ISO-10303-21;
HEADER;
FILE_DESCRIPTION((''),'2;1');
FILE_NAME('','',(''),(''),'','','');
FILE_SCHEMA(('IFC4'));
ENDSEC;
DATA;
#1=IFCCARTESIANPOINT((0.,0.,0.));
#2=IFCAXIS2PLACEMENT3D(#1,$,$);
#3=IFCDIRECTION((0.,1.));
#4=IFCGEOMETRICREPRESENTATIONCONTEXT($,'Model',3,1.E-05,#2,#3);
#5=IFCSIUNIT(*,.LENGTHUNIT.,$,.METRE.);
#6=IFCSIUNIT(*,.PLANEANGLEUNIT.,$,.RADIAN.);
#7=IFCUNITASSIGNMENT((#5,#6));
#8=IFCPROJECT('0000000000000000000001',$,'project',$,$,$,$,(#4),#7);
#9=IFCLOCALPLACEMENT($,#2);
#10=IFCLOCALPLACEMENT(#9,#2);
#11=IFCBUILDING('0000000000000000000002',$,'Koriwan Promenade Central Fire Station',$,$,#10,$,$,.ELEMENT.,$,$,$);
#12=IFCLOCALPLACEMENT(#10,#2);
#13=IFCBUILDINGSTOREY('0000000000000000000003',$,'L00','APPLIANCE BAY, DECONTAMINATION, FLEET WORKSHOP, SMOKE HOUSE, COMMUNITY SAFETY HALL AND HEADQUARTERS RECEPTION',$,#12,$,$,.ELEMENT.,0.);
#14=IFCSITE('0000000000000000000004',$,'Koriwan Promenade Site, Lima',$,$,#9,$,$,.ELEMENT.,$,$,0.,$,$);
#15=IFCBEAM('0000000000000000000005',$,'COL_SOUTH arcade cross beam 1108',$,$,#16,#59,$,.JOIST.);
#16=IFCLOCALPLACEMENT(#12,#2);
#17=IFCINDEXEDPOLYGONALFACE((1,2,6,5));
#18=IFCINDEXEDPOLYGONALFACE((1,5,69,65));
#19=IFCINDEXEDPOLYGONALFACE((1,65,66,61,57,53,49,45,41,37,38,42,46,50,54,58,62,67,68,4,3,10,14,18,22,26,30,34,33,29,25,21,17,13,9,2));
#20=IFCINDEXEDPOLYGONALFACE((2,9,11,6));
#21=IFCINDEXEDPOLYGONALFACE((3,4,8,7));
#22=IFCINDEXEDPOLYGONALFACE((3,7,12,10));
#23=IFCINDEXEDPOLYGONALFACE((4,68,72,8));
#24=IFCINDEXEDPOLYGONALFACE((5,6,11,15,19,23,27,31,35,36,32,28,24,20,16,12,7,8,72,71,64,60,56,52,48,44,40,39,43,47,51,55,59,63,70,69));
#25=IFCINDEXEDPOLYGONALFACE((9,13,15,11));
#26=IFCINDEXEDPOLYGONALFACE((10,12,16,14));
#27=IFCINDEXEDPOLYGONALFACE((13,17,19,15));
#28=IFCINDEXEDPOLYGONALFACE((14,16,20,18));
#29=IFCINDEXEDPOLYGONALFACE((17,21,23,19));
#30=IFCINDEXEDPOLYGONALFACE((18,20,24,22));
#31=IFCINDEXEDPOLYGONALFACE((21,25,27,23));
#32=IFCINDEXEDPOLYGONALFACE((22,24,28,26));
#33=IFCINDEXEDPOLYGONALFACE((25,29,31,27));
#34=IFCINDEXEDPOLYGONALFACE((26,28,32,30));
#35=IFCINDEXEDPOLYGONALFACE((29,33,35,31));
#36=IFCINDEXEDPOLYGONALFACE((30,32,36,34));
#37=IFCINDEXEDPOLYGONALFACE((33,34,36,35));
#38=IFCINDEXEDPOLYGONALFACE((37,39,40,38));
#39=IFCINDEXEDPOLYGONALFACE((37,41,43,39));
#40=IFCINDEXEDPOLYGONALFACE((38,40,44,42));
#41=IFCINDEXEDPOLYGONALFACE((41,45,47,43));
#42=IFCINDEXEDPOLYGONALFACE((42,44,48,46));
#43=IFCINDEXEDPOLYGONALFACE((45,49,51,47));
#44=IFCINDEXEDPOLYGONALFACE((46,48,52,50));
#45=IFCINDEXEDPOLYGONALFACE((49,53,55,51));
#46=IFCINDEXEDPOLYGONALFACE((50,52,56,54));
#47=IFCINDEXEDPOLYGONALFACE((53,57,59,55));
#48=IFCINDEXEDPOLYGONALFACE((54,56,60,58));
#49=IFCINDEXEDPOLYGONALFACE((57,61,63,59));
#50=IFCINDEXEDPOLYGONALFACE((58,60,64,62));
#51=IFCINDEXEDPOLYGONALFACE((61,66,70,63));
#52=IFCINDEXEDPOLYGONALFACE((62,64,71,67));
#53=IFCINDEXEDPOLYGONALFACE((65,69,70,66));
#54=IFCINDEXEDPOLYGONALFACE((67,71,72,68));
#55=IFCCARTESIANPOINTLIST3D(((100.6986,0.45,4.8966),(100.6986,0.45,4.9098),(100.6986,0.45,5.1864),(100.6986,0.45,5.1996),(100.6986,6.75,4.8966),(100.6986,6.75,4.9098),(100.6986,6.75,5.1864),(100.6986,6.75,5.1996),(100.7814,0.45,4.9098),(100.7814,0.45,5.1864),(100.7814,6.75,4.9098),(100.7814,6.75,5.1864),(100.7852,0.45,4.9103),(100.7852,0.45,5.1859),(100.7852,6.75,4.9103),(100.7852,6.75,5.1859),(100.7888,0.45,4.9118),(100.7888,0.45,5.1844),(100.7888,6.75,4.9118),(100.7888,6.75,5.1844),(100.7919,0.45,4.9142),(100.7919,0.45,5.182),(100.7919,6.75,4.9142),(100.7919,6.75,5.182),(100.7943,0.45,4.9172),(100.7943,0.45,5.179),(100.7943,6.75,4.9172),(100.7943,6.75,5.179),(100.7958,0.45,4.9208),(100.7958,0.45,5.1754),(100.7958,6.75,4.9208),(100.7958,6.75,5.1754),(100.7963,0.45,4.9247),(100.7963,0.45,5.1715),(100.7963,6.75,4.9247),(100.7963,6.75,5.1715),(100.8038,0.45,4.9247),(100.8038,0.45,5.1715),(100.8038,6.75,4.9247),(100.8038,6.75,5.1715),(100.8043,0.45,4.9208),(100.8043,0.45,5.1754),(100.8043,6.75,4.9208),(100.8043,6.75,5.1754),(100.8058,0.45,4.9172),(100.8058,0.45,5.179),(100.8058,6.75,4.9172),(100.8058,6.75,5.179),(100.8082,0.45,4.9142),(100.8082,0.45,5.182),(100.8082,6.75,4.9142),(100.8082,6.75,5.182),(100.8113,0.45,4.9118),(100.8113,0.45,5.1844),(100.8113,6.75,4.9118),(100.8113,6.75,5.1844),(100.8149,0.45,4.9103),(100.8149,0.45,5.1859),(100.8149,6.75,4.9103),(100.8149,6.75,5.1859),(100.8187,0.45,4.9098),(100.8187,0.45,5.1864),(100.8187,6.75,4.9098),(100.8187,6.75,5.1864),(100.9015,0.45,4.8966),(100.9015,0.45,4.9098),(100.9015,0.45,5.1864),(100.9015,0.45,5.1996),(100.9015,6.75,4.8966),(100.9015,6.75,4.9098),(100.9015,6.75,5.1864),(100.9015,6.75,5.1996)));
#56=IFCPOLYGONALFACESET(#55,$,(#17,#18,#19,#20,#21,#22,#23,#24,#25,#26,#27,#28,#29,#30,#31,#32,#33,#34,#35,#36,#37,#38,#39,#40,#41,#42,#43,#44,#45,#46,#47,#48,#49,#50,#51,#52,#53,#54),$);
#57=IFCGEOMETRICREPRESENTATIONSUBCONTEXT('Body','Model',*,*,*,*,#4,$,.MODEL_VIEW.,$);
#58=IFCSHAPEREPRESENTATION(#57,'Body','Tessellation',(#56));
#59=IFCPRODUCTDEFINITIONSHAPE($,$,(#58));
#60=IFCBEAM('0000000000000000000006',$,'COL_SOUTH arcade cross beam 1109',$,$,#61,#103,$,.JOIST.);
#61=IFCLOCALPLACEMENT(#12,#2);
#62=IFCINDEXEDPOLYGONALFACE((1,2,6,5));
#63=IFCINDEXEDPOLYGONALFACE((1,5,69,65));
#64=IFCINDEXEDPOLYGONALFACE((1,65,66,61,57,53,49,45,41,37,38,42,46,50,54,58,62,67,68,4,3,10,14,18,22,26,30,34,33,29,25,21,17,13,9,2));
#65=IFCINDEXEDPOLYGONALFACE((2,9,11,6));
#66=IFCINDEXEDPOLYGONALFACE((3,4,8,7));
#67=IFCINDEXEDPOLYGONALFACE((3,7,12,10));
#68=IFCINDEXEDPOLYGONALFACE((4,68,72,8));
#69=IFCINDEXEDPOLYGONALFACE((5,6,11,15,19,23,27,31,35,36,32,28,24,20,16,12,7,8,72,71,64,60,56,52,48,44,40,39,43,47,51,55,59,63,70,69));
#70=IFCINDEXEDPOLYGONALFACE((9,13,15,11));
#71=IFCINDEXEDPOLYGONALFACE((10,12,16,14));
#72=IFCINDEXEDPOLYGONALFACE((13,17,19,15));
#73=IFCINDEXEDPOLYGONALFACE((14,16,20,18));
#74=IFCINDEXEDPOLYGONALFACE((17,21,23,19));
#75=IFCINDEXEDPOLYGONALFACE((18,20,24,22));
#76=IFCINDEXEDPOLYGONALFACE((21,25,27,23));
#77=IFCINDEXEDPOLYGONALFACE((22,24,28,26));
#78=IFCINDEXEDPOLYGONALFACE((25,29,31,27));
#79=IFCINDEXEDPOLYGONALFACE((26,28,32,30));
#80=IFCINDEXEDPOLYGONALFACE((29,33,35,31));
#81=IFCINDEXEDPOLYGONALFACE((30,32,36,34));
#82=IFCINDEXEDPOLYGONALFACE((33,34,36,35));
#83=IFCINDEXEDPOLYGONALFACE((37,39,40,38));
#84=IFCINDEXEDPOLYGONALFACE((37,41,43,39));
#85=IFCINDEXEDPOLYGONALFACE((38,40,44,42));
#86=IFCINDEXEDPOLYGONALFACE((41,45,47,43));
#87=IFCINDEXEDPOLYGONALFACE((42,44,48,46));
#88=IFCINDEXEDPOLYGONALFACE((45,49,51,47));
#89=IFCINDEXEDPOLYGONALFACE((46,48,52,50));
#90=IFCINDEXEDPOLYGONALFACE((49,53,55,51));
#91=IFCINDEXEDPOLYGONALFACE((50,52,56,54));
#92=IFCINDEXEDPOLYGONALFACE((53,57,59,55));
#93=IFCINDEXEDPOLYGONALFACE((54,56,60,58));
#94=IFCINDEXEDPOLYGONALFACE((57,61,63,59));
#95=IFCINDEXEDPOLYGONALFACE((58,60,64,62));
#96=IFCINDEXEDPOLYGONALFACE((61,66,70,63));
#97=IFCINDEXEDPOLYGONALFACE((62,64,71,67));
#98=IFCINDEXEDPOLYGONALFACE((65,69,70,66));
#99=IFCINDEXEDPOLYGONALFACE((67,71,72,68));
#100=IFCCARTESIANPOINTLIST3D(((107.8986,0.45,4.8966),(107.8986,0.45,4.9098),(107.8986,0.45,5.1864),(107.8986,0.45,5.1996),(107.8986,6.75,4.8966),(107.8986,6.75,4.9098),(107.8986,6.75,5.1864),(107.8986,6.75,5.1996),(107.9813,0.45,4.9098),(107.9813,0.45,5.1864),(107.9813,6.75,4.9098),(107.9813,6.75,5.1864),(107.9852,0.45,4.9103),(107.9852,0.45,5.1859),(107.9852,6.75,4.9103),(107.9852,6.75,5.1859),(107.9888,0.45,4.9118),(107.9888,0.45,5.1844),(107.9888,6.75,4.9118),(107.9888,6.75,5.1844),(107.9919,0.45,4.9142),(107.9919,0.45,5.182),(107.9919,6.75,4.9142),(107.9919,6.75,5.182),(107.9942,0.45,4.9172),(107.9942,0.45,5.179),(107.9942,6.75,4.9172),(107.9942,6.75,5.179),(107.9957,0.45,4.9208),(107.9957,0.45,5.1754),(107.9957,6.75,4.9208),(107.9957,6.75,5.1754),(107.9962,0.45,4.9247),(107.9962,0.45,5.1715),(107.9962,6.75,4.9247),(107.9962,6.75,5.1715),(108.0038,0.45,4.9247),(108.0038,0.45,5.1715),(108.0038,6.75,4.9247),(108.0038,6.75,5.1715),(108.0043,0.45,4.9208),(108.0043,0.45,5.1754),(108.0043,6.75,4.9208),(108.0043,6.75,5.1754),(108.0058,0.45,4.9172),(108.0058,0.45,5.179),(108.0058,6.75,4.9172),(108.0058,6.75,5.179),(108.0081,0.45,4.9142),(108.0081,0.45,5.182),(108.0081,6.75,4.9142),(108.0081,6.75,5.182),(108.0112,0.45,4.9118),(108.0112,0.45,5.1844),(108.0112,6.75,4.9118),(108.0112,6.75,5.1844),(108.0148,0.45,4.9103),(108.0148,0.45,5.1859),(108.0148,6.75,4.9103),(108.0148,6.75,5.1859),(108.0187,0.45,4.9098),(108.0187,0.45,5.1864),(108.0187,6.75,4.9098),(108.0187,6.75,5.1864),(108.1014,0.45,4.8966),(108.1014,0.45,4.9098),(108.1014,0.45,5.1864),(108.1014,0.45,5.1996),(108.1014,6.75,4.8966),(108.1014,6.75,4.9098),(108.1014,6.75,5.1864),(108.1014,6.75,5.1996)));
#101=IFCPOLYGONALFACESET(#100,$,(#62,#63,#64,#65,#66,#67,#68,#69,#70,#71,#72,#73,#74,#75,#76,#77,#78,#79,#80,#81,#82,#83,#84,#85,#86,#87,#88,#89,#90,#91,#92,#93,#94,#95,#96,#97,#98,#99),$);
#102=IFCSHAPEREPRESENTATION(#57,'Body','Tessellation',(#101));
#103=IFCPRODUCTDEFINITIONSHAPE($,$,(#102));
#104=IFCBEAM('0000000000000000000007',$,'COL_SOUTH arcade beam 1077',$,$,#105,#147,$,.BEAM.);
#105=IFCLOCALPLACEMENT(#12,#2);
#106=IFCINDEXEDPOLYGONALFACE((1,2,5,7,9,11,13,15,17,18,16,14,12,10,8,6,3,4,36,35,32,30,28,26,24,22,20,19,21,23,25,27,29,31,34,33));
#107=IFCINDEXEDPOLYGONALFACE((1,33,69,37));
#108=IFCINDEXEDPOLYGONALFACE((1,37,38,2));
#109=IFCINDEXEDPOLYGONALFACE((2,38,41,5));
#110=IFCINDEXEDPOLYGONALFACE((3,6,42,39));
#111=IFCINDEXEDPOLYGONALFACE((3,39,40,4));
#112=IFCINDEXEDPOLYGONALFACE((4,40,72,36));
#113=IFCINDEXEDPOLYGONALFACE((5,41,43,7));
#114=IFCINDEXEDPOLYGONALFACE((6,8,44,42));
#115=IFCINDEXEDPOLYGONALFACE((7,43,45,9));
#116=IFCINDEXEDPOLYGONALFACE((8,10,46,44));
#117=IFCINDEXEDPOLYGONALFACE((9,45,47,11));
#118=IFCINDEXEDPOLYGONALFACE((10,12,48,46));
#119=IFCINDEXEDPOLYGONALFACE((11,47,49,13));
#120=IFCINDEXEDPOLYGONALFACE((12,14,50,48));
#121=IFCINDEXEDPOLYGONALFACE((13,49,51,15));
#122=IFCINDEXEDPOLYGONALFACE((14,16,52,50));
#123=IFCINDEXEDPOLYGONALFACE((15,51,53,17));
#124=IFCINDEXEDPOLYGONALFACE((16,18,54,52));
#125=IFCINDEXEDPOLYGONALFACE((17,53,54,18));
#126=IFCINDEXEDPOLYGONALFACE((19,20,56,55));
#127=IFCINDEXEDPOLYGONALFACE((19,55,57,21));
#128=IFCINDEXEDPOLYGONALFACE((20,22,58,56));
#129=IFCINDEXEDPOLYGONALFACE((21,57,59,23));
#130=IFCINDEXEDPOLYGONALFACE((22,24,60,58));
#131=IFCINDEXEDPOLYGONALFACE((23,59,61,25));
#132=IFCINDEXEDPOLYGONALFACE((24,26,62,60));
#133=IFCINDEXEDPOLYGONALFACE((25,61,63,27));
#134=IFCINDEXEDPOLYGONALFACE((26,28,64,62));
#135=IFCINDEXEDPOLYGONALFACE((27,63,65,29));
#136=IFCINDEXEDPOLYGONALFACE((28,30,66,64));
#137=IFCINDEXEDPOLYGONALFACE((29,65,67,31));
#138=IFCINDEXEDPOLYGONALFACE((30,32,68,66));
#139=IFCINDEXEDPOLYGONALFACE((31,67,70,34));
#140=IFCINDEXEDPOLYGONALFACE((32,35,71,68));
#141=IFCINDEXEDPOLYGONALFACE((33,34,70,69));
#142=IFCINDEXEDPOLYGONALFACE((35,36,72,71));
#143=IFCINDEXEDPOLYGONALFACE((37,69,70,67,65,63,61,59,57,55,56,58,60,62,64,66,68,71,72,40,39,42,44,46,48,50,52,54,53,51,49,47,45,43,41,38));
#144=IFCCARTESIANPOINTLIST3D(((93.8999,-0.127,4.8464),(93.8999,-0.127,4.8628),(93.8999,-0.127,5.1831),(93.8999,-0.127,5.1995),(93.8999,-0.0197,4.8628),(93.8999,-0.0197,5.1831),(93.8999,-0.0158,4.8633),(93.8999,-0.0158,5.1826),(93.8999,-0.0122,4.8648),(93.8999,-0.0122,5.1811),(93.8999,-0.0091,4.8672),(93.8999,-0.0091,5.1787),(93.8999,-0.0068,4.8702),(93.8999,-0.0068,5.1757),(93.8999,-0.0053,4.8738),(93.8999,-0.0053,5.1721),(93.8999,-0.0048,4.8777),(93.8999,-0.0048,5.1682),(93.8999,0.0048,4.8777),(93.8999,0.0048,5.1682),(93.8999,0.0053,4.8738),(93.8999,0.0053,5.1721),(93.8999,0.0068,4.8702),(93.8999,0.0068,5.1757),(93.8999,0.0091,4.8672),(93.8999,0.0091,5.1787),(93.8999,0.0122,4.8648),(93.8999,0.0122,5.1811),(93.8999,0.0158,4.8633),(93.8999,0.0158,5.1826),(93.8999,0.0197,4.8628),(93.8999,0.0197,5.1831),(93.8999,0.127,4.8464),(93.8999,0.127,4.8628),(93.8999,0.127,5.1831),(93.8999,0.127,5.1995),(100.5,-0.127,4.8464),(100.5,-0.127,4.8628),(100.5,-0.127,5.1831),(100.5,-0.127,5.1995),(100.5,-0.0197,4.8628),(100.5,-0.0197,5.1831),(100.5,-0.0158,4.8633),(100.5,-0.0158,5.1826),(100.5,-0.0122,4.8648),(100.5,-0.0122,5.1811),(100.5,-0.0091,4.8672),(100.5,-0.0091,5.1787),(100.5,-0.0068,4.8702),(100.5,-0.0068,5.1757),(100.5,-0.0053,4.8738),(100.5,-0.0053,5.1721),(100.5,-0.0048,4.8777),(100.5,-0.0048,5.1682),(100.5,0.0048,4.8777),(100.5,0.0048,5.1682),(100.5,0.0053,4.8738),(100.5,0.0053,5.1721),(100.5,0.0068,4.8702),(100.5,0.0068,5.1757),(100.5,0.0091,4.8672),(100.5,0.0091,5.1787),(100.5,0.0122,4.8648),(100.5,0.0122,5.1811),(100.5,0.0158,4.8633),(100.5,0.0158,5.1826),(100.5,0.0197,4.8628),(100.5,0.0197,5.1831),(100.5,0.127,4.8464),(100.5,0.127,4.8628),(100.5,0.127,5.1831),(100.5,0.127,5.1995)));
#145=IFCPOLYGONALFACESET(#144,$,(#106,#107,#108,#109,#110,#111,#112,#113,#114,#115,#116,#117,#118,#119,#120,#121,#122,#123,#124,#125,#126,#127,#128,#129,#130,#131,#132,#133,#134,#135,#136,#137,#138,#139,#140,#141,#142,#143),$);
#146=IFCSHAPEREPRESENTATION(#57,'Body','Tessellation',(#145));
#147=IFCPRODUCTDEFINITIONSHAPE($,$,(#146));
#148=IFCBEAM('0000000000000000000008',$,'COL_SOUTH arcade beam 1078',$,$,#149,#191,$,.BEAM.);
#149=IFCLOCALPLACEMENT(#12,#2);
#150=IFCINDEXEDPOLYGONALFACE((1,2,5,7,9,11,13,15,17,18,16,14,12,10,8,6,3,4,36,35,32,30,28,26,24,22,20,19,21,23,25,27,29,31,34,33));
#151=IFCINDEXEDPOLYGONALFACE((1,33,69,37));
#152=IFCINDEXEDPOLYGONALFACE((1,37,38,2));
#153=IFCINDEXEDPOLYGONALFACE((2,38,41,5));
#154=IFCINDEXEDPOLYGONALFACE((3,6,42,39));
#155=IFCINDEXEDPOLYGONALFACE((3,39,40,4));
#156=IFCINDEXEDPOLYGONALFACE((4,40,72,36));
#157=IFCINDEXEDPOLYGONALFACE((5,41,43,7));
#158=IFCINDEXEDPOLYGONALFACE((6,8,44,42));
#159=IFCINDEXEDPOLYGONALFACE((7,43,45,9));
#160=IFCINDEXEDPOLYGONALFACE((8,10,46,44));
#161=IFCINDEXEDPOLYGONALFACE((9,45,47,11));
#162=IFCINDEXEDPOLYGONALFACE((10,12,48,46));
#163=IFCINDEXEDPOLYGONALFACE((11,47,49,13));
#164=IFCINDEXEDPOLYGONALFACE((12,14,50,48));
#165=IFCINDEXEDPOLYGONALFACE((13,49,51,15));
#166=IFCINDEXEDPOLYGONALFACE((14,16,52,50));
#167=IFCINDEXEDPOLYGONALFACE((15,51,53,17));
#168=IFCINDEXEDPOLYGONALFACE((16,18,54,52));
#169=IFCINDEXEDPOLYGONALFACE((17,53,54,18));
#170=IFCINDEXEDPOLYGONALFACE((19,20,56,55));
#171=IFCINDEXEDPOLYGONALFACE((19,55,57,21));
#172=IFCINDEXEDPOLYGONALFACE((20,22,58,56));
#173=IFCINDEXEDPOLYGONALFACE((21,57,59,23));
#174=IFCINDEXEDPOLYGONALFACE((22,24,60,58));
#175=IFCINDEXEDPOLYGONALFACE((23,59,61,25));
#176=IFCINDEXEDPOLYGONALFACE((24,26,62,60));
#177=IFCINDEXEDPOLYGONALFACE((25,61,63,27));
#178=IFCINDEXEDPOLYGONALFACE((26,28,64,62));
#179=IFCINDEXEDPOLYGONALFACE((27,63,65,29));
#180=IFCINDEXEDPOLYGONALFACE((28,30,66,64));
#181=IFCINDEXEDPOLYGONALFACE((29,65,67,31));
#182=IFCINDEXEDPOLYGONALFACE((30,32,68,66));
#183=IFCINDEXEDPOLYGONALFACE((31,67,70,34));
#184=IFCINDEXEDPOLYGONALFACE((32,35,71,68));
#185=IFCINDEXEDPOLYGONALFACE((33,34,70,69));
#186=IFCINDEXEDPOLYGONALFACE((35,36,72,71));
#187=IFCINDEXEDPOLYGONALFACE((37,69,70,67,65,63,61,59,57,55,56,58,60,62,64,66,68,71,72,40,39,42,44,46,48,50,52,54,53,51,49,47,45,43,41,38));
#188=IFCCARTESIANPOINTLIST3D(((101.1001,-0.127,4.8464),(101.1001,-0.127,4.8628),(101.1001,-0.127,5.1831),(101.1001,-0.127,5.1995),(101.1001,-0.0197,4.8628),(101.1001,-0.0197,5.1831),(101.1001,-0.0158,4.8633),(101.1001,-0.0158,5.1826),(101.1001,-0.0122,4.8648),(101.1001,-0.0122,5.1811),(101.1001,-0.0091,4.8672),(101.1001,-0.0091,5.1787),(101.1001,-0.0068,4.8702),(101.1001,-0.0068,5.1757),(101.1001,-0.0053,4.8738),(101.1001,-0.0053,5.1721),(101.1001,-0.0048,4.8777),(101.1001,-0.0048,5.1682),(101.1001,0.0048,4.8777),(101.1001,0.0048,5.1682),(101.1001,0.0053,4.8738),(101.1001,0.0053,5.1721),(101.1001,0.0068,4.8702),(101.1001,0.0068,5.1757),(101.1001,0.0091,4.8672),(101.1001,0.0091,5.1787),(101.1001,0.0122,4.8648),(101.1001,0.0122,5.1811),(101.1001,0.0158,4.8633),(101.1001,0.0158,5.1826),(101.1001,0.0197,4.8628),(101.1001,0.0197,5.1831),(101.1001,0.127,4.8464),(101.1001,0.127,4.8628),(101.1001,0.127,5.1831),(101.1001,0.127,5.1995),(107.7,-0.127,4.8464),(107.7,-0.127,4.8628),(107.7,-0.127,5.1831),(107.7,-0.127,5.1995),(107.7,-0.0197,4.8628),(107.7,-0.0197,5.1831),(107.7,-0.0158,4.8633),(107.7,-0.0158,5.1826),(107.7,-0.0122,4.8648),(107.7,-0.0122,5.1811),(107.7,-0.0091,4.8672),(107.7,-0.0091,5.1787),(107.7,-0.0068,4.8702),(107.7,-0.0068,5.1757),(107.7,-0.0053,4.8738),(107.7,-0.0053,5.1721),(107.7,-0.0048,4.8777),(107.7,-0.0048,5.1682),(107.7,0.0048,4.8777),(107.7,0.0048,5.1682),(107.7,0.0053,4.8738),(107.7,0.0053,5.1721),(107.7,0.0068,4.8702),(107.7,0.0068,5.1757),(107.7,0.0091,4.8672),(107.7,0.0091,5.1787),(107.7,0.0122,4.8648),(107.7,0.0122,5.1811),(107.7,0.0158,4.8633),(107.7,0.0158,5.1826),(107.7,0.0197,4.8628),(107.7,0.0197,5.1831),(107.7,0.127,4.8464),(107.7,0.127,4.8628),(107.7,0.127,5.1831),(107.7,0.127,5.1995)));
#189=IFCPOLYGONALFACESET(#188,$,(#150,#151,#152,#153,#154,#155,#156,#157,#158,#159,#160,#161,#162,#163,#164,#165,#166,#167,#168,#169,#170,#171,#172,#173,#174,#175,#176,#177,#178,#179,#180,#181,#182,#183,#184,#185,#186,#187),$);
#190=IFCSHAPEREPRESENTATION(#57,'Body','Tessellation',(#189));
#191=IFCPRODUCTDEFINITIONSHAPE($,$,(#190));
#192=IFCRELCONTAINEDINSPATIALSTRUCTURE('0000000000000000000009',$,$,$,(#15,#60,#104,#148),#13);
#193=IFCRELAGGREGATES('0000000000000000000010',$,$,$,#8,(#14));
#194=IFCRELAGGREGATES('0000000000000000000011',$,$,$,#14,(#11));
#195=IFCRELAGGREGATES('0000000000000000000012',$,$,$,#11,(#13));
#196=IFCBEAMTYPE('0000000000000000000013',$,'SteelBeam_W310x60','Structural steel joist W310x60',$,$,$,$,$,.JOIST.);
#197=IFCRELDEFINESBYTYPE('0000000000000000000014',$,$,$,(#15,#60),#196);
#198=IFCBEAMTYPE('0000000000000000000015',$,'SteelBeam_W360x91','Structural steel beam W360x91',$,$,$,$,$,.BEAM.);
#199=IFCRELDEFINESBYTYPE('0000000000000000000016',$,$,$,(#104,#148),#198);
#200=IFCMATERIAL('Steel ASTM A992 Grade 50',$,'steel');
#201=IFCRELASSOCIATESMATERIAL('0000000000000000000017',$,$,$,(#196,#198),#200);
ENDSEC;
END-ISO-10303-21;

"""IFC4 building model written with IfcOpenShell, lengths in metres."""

from ifc_helpers import new_model, si_unit, direction, frame, origin, origin_2d, place, context, subcontext, project, spatial, i_section, extrude, material, material_profile, profile_set, type_object, element, save


model = new_model("IFC4")

# Units and contexts
model_context = context("Model", 3, precision=1e-05, world=origin(), true_north=direction((0.0, 1.0)))
body_context = subcontext(model_context, "Body", "Model", "MODEL_VIEW")
ifc_project = project(units=[si_unit("LENGTHUNIT", "METRE"), si_unit("PLANEANGLEUNIT", "RADIAN")], contexts=[model_context])

# Site, building, storey
site_placement = place(None, origin())
site = spatial("IfcSite", under=ifc_project, at=site_placement, Name="Koriwan Promenade Site, Lima", CompositionType="ELEMENT", RefElevation=0.0)
building_placement = place(site_placement, origin())
building = spatial("IfcBuilding", under=site, at=building_placement, Name="Koriwan Promenade Central Fire Station", CompositionType="ELEMENT")
storey_placement = place(building_placement, origin())
storey = spatial("IfcBuildingStorey", under=building, at=storey_placement, Name="L00", Description="APPLIANCE BAY, DECONTAMINATION, FLEET WORKSHOP, SMOKE HOUSE, COMMUNITY SAFETY HALL AND HEADQUARTERS RECEPTION", CompositionType="ELEMENT", Elevation=0.0)

# Beams
ifc_material_1 = material(Name="Steel ASTM A992 Grade 50", Category="steel")
ifc_material_profile_1 = material_profile(ifc_material_1, i_section(OverallWidth=0.2029, OverallDepth=0.303, WebThickness=0.0076, FlangeThickness=0.0132, FilletRadius=0.0149, at=origin_2d()), Name="W310x60")
ifc_profile_set_1 = profile_set([ifc_material_profile_1], Name="Steel ASTM A992 Grade 50")
beam_type_1 = type_object("IfcBeamType", Name="SteelBeam_W310x60", Description="Structural steel joist W310x60", PredefinedType="JOIST", material=ifc_profile_set_1)
for number, where, z_axis, x_axis, name in (
    (1, (100.8, 0.45, 5.0481), (0.0, 1.0, 0.0), (-1.0, 0.0, 0.0), "COL_SOUTH arcade cross beam 1108"),
    (2, (108.0, 0.45, 5.0481), (0.0, 1.0, 0.0), (-1.0, 0.0, 0.0), "COL_SOUTH arcade cross beam 1109"),
):
    element("IfcBeam", number, at=place(storey_placement, frame(where, z_axis=z_axis, x_axis=x_axis)), inside=storey, type_object=beam_type_1, Name=name, PredefinedType="JOIST", context=body_context, shape_type="SweptSolid", body=[
        extrude(i_section(OverallWidth=0.2029, OverallDepth=0.303, WebThickness=0.0076, FlangeThickness=0.0132, FilletRadius=0.0149, at=origin_2d()), origin(), (0.0, 0.0, 1.0), 6.3),
    ])
ifc_material_profile_2 = material_profile(ifc_material_1, i_section(OverallWidth=0.2539, OverallDepth=0.353, WebThickness=0.0095, FlangeThickness=0.0164, FilletRadius=0.0149, at=origin_2d()), Name="W360x91")
ifc_profile_set_2 = profile_set([ifc_material_profile_2], Name="Steel ASTM A992 Grade 50")
beam_type_2 = type_object("IfcBeamType", Name="SteelBeam_W360x91", Description="Structural steel beam W360x91", PredefinedType="BEAM", material=ifc_profile_set_2)
beam_1_placement = place(storey_placement, frame((93.8999, 0.0, 5.0229), z_axis=(1.0, 0.0, 0.0), x_axis=(0.0, 1.0, 0.0)))
element("IfcBeam", 3, at=beam_1_placement, inside=storey, type_object=beam_type_2, Name="COL_SOUTH arcade beam 1077", PredefinedType="BEAM", context=body_context, shape_type="SweptSolid", body=[
    extrude(i_section(OverallWidth=0.2539, OverallDepth=0.353, WebThickness=0.0095, FlangeThickness=0.0164, FilletRadius=0.0149, at=origin_2d()), origin(), (0.0, 0.0, 1.0), 6.6001),
])
for number, where, z_axis, x_axis, name in (
    (4, (101.1001, 0.0, 5.0229), (1.0, 0.0, 0.0), (0.0, 1.0, 0.0), "COL_SOUTH arcade beam 1078"),
):
    element("IfcBeam", number, at=place(storey_placement, frame(where, z_axis=z_axis, x_axis=x_axis)), inside=storey, type_object=beam_type_2, Name=name, PredefinedType="BEAM", context=body_context, shape_type="SweptSolid", body=[
        extrude(i_section(OverallWidth=0.2539, OverallDepth=0.353, WebThickness=0.0095, FlangeThickness=0.0164, FilletRadius=0.0149, at=origin_2d()), origin(), (0.0, 0.0, 1.0), 6.5999),
    ])

save(model, "model.ifc")
